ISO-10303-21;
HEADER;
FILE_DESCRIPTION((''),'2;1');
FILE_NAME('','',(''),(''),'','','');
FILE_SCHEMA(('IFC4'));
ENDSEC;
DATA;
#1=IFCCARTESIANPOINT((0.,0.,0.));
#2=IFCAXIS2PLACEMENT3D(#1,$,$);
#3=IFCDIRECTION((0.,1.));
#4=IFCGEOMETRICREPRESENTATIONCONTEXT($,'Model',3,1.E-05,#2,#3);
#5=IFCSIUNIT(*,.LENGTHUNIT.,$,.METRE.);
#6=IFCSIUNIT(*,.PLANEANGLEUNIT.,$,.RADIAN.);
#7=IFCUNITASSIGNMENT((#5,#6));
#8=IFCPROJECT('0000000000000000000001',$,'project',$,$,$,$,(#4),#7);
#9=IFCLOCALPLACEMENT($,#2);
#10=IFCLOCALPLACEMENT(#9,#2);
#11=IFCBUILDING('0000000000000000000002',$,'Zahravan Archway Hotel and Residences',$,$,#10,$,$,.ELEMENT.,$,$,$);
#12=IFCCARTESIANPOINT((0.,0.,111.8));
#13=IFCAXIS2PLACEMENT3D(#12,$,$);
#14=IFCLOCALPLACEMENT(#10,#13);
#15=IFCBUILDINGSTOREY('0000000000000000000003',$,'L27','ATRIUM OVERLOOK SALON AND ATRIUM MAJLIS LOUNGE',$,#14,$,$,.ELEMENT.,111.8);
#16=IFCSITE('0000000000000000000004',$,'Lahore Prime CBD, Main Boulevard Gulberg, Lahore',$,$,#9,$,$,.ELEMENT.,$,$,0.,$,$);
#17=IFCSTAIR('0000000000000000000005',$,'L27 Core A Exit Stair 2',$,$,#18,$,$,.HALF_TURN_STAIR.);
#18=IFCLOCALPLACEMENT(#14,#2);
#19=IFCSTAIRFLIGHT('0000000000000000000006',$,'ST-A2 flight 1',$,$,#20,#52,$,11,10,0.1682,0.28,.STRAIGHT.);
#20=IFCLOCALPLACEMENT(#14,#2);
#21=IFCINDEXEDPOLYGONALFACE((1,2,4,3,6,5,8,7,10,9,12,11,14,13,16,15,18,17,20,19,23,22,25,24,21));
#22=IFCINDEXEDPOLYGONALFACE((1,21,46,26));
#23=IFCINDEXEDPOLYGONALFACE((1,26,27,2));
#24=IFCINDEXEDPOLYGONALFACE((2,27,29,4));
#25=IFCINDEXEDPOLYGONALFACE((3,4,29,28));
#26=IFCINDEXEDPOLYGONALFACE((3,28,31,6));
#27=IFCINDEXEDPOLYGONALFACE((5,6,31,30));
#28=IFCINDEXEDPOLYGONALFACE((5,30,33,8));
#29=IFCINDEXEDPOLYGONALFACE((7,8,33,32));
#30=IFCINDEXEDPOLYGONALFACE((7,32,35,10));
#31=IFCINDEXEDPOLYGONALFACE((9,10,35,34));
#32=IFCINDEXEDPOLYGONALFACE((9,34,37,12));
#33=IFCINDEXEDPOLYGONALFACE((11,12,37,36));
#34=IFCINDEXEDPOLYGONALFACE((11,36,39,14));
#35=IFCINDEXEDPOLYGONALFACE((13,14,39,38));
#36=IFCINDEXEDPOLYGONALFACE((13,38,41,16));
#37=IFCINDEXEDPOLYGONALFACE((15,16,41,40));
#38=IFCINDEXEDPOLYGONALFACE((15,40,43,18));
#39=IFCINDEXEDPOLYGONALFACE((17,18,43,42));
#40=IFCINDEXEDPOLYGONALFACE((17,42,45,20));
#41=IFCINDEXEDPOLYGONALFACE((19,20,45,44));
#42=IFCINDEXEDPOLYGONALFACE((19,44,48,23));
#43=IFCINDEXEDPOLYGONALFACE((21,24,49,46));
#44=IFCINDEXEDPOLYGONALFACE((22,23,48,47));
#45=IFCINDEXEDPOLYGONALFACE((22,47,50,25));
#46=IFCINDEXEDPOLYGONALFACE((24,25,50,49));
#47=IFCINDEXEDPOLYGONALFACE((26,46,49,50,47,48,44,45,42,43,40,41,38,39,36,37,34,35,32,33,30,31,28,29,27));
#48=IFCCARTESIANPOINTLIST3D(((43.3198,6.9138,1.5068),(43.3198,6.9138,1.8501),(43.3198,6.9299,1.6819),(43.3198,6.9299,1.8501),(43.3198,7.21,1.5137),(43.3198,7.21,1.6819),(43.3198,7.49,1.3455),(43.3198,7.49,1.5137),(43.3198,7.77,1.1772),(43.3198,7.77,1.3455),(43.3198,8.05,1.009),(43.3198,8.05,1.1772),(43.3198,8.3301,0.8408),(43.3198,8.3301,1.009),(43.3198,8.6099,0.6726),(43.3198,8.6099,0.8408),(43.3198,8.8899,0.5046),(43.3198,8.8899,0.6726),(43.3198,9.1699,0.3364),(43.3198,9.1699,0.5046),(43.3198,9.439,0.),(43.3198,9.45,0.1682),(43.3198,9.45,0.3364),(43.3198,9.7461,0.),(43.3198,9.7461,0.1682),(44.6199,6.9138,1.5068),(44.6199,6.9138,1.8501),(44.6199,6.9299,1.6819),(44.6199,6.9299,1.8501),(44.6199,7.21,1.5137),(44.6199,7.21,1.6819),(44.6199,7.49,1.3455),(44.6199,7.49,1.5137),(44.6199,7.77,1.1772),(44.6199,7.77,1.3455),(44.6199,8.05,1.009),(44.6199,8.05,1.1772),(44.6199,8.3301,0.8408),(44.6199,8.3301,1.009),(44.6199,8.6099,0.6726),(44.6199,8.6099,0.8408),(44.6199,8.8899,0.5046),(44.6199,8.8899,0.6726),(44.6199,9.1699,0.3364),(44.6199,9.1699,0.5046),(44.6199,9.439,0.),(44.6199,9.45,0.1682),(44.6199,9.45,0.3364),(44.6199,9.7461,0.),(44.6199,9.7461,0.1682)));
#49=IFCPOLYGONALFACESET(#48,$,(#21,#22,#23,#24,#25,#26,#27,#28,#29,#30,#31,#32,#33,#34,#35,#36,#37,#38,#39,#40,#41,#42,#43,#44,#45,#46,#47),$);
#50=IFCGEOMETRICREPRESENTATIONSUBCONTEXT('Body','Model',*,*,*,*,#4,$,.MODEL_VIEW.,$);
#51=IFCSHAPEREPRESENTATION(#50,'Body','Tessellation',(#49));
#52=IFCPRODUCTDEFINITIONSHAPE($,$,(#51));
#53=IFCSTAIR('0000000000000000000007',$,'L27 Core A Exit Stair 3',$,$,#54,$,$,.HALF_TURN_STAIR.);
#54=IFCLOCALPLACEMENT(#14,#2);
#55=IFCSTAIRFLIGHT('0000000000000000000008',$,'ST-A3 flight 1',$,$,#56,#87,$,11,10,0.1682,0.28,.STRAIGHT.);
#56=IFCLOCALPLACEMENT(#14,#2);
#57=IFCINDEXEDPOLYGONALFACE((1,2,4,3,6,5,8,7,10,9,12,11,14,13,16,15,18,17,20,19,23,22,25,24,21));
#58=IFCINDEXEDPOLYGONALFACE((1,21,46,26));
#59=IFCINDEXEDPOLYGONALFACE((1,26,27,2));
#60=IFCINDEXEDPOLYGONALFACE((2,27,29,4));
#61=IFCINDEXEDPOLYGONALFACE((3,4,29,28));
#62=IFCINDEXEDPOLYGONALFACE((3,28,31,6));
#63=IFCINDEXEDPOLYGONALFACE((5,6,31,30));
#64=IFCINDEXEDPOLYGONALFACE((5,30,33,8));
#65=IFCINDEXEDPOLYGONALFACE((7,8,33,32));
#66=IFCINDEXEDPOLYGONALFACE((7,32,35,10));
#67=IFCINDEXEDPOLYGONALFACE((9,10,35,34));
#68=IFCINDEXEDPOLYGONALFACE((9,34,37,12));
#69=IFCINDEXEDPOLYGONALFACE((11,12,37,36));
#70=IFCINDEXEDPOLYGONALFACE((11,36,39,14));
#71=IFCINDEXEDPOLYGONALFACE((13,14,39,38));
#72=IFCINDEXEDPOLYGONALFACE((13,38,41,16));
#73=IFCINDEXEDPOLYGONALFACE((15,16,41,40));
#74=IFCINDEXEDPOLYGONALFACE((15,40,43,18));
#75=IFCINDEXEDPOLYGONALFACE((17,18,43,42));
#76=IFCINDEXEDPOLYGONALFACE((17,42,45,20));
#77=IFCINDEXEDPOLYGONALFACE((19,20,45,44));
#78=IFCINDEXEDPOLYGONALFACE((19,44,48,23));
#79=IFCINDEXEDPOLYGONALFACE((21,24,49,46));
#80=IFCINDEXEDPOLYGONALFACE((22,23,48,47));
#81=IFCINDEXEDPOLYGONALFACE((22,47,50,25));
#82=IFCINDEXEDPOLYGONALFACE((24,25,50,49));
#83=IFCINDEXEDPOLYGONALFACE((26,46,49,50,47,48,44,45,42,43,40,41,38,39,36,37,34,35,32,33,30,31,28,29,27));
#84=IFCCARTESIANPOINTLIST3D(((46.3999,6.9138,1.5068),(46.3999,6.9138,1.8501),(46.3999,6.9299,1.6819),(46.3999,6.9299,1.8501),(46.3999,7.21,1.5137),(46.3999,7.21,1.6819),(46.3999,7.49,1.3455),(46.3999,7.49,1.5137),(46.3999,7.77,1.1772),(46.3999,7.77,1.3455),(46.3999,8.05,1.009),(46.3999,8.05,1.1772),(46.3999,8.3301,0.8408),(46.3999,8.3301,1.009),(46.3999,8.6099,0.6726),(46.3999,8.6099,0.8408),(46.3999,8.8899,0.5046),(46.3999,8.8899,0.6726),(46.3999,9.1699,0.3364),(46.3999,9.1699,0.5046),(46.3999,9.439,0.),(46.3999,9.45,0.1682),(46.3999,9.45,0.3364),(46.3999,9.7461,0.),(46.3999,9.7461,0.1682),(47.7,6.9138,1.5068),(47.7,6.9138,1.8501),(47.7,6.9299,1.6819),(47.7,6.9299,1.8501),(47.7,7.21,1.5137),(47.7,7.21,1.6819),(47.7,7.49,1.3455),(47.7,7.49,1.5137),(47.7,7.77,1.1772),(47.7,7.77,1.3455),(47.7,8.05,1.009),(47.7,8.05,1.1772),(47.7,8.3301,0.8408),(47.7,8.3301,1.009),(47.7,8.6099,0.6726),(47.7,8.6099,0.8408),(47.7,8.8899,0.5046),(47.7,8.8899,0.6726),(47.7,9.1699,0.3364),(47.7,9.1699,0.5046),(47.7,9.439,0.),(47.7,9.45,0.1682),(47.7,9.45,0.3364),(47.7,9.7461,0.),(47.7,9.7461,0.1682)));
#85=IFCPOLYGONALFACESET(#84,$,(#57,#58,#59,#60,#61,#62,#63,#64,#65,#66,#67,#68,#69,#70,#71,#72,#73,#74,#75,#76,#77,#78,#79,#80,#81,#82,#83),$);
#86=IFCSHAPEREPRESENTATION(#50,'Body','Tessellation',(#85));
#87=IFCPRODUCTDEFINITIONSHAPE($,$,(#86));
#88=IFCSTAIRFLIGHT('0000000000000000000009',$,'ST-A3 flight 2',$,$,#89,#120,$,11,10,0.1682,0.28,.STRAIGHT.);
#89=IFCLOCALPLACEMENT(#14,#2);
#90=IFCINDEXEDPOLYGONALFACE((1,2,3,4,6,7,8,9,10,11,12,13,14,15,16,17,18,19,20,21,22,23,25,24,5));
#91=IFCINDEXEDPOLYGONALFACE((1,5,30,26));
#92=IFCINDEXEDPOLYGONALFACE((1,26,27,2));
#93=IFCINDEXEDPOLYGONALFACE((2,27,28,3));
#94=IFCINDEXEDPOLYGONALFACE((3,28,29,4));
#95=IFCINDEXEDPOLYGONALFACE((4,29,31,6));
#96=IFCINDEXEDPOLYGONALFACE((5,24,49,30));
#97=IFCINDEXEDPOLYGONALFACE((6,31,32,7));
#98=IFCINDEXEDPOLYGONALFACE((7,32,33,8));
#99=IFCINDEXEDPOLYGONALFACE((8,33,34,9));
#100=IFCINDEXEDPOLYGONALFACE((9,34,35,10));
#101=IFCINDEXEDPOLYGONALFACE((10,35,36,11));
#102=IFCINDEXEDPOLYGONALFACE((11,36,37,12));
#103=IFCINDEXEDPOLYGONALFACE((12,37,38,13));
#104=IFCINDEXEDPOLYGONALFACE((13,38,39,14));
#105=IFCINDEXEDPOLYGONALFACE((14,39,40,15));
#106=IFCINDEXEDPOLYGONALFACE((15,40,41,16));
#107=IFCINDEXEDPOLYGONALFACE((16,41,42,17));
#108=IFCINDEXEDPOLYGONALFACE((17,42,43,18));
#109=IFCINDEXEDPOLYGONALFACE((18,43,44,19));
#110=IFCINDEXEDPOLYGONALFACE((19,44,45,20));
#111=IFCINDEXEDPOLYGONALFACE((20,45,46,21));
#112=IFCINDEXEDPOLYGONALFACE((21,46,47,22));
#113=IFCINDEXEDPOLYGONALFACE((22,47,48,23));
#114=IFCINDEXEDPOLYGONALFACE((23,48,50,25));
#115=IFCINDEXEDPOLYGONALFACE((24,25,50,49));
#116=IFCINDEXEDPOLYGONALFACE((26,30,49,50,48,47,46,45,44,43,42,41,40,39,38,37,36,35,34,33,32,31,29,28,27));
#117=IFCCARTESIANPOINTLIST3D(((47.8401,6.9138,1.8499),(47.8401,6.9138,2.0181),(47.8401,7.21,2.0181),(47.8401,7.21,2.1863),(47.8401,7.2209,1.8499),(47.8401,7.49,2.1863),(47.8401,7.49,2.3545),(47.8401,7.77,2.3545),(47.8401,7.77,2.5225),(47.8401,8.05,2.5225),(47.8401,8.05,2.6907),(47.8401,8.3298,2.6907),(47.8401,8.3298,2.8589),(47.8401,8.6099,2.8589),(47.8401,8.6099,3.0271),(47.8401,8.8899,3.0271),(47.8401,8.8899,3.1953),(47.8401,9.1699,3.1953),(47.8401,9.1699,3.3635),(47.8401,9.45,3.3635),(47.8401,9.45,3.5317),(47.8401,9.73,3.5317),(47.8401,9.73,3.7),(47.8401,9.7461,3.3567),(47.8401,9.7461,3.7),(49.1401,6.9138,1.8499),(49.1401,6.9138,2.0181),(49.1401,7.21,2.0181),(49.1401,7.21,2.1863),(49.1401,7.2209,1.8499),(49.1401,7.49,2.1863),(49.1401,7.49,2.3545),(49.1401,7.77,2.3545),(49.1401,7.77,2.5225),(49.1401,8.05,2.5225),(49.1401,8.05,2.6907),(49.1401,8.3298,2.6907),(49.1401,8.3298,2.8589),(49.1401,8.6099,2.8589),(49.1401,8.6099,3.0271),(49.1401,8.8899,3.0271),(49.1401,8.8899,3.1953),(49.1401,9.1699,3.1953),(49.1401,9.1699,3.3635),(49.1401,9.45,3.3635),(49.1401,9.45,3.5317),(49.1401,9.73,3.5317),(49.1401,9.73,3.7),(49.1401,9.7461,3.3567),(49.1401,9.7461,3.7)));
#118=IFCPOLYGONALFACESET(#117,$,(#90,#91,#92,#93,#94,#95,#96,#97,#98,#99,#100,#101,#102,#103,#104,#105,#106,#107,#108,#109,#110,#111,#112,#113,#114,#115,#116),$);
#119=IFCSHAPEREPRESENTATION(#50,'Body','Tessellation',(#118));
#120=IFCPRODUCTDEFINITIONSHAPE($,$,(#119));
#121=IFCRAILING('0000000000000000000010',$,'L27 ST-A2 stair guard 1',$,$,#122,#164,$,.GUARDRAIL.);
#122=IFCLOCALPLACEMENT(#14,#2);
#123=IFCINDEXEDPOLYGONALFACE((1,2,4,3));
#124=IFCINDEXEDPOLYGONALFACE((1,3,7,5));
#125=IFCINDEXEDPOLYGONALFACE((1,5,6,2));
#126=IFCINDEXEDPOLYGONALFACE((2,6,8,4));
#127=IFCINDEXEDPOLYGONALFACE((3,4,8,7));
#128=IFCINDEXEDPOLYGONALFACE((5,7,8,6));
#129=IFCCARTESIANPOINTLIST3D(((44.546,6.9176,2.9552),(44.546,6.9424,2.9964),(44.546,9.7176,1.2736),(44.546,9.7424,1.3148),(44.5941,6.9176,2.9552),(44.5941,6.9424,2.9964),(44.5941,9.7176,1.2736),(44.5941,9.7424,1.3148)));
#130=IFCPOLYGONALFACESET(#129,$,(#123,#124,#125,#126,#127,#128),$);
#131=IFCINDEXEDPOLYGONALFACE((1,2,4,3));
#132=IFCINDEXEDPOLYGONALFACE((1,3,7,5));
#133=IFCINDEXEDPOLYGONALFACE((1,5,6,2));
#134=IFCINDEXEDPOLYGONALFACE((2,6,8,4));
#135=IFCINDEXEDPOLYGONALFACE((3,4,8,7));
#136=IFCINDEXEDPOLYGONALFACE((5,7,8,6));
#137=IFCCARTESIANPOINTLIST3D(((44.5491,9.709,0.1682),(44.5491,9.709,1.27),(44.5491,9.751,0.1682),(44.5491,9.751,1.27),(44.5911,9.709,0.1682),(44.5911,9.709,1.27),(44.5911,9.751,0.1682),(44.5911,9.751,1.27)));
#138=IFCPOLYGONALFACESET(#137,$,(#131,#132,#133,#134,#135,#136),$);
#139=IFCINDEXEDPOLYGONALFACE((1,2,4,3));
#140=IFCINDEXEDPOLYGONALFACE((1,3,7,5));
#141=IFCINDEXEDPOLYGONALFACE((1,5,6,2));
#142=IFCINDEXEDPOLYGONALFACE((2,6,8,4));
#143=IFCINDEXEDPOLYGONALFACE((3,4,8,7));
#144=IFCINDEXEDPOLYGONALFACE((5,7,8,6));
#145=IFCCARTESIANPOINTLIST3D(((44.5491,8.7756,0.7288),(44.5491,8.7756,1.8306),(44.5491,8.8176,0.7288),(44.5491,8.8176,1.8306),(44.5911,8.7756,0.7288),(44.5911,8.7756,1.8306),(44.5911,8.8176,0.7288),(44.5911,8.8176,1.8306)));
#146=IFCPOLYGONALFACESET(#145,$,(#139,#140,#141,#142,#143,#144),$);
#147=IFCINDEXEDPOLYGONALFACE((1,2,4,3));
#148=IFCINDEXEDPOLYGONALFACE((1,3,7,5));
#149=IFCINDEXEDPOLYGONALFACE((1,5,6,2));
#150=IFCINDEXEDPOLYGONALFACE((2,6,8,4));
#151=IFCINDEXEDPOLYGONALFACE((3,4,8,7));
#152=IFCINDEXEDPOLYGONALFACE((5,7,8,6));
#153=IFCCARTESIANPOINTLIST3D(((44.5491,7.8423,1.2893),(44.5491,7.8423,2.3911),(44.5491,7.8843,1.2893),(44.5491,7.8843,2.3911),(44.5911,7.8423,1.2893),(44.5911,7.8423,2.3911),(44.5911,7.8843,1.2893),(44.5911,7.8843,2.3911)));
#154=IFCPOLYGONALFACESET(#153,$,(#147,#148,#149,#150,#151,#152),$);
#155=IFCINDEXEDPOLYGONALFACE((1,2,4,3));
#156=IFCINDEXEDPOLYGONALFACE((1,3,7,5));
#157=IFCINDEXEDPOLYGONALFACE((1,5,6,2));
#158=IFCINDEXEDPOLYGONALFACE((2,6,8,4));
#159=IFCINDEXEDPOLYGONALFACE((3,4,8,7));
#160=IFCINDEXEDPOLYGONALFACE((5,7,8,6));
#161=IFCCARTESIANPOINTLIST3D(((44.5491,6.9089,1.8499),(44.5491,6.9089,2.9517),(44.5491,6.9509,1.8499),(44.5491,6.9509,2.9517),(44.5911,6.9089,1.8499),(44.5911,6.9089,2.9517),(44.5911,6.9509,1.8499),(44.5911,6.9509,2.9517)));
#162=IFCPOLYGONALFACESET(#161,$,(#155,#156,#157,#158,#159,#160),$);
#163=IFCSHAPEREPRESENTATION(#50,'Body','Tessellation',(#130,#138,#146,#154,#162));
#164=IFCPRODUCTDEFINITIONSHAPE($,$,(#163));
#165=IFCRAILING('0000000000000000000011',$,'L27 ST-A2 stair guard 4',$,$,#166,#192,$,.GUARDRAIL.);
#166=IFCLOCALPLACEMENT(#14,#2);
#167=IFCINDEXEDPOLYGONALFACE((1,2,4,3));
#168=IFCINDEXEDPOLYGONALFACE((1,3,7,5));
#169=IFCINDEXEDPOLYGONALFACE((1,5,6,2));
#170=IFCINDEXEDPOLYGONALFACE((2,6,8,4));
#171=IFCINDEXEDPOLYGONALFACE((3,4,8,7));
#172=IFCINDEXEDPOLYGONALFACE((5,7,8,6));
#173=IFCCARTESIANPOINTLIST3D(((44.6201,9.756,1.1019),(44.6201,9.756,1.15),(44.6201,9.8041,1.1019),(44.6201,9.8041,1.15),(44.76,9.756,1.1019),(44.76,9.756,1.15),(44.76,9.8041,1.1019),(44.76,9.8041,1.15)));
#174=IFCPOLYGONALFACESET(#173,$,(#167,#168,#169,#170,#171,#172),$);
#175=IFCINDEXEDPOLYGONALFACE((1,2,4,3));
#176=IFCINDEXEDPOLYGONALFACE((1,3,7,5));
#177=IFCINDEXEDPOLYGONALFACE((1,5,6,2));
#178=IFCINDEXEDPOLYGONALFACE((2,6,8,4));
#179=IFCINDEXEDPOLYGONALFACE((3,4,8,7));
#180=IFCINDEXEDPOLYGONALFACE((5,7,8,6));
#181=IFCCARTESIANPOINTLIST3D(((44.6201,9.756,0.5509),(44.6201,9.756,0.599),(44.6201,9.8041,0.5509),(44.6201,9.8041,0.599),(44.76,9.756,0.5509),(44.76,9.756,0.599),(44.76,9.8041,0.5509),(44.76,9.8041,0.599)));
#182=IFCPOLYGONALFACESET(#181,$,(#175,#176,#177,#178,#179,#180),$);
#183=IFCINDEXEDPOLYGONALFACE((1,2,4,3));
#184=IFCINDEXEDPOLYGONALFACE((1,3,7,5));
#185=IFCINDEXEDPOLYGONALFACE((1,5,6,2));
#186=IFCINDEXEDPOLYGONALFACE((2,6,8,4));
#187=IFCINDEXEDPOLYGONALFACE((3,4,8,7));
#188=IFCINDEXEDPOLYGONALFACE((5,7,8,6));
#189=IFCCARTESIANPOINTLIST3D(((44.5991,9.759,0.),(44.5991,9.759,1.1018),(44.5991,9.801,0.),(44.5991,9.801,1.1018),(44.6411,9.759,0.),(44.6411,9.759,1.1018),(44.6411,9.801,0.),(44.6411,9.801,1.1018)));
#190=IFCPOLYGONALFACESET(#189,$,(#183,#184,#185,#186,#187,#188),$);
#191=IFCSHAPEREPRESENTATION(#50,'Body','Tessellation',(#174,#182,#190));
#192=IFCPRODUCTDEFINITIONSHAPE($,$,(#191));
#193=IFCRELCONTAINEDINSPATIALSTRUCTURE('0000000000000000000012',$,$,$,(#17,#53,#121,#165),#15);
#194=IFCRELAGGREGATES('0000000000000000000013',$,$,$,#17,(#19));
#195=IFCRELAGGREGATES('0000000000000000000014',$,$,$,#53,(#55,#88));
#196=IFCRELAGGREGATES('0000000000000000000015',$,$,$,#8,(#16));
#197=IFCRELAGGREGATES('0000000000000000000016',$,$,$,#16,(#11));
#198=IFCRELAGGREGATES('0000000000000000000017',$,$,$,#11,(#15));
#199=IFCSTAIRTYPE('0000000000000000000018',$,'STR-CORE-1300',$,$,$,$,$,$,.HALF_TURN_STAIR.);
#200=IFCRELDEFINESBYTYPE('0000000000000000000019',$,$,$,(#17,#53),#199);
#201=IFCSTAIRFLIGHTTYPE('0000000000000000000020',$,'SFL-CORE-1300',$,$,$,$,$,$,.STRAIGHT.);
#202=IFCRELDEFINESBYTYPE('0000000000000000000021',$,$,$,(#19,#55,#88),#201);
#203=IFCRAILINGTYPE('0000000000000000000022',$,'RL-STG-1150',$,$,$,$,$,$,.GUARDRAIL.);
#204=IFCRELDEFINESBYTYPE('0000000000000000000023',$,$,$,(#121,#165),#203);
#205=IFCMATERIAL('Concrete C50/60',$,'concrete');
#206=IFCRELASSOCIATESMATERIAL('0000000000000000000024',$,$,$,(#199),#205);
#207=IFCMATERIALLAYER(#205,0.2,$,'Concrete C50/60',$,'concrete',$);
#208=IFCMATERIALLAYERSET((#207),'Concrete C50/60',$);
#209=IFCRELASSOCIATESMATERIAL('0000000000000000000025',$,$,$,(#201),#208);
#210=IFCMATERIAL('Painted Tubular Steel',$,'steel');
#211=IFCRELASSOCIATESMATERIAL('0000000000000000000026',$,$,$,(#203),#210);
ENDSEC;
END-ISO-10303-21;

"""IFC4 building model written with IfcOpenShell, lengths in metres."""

from ifc_helpers import new_model, si_unit, direction, frame, origin, origin_2d, place, context, subcontext, project, spatial, polyline, rectangle, outline, extrude, source, transform, mapped, material, layer, layer_set, type_object, element, aggregate, save


model = new_model("IFC4")

# Units and contexts
model_context = context("Model", 3, precision=1e-05, world=origin(), true_north=direction((0.0, 1.0)))
body_context = subcontext(model_context, "Body", "Model", "MODEL_VIEW")
ifc_project = project(units=[si_unit("LENGTHUNIT", "METRE"), si_unit("PLANEANGLEUNIT", "RADIAN")], contexts=[model_context])

# Site, building, storey
site_placement = place(None, origin())
site = spatial("IfcSite", under=ifc_project, at=site_placement, Name="Lahore Prime CBD, Main Boulevard Gulberg, Lahore", CompositionType="ELEMENT", RefElevation=0.0)
building_placement = place(site_placement, origin())
building = spatial("IfcBuilding", under=site, at=building_placement, Name="Zahravan Archway Hotel and Residences", CompositionType="ELEMENT")
storey_placement = place(building_placement, frame((0.0, 0.0, 111.8)))
storey = spatial("IfcBuildingStorey", under=building, at=storey_placement, Name="L27", Description="ATRIUM OVERLOOK SALON AND ATRIUM MAJLIS LOUNGE", CompositionType="ELEMENT", Elevation=111.8)

# Stair, stair flight
ifc_material_1 = material(Name="Concrete C50/60", Category="concrete")
stair_type = type_object("IfcStairType", Name="STR-CORE-1300", PredefinedType="HALF_TURN_STAIR", material=ifc_material_1)
stair_1_placement = place(storey_placement, origin())
stair_1 = element("IfcStair", 1, at=stair_1_placement, inside=storey, type_object=stair_type, Name="L27 Core A Exit Stair 2", PredefinedType="HALF_TURN_STAIR")
ifc_layer_1 = layer(ifc_material_1, 0.2, Name="Concrete C50/60", Category="concrete")
ifc_layer_set_1 = layer_set([ifc_layer_1], Name="Concrete C50/60")
stair_flight_type = type_object("IfcStairFlightType", Name="SFL-CORE-1300", PredefinedType="STRAIGHT", material=ifc_layer_set_1)
shared_shape_1 = source(origin(), body_context, "Body", "SweptSolid", [
    extrude(outline(polyline([(-0.0161, 0.0), (-0.0161, 0.1682), (0.28, 0.1682), (0.28, 0.3364), (0.5601, 0.3364), (0.5601, 0.5046), (0.8401, 0.5046), (0.8401, 0.6726), (1.1201, 0.6726), (1.1201, 0.8408), (1.3999, 0.8408), (1.3999, 1.009), (1.6799, 1.009), (1.6799, 1.1772), (1.96, 1.1772), (1.96, 1.3455), (2.24, 1.3455), (2.24, 1.5137), (2.52, 1.5137), (2.52, 1.6819), (2.8, 1.6819), (2.8, 1.8501), (2.8162, 1.8501), (2.8162, 1.5068), (0.291, 0.0), (-0.0161, 0.0)])), frame((0.0, 0.6499, 0.0), z_axis=(0.0, -1.0, 0.0), x_axis=(1.0, 0.0, 0.0)), (0.0, 0.0, 1.0), 1.3),
])
stair_flight_1_placement = place(storey_placement, frame((43.97, 9.73, 0.0), z_axis=(0.0, 0.0, 1.0), x_axis=(0.0, -1.0, 0.0)))
stair_flight_1 = element("IfcStairFlight", 2, at=stair_flight_1_placement, type_object=stair_flight_type, Name="ST-A2 flight 1", NumberOfRisers=11, NumberOfTreads=10, PredefinedType="STRAIGHT", RiserHeight=0.1682, TreadLength=0.28, context=body_context, shape_type="MappedRepresentation", body=[
    mapped(shared_shape_1, transform((0.0, 0.0, 0.0), scale=1.0)),
])
aggregate(stair_1, [stair_flight_1])

# Stair, stair flights
stair_2_placement = place(storey_placement, origin())
stair_2 = element("IfcStair", 3, at=stair_2_placement, inside=storey, type_object=stair_type, Name="L27 Core A Exit Stair 3", PredefinedType="HALF_TURN_STAIR")
stair_flight_2_placement = place(storey_placement, frame((47.05, 9.73, 0.0), z_axis=(0.0, 0.0, 1.0), x_axis=(0.0, -1.0, 0.0)))
stair_flight_2 = element("IfcStairFlight", 4, at=stair_flight_2_placement, type_object=stair_flight_type, Name="ST-A3 flight 1", NumberOfRisers=11, NumberOfTreads=10, PredefinedType="STRAIGHT", RiserHeight=0.1682, TreadLength=0.28, context=body_context, shape_type="MappedRepresentation", body=[
    mapped(shared_shape_1, transform((0.0, 0.0, 0.0), scale=1.0)),
])
stair_flight_3_placement = place(storey_placement, frame((48.49, 6.9299, 1.8499), z_axis=(0.0, 0.0, 1.0), x_axis=(0.0, 1.0, 0.0)))
stair_flight_3 = element("IfcStairFlight", 5, at=stair_flight_3_placement, type_object=stair_flight_type, Name="ST-A3 flight 2", NumberOfRisers=11, NumberOfTreads=10, PredefinedType="STRAIGHT", RiserHeight=0.1682, TreadLength=0.28, context=body_context, shape_type="MappedRepresentation", body=[
    mapped(shared_shape_1, transform((0.0, 0.0, 0.0), scale=1.0)),
])
aggregate(stair_2, [stair_flight_2, stair_flight_3])

# Railings
ifc_material_2 = material(Name="Painted Tubular Steel", Category="steel")
railing_type_1 = type_object("IfcRailingType", Name="RL-STG-1150", PredefinedType="GUARDRAIL", material=ifc_material_2)
railing_1_placement = place(storey_placement, frame((44.5701, 9.73, 0.1682)))
element("IfcRailing", 6, at=railing_1_placement, inside=storey, type_object=railing_type_1, Name="L27 ST-A2 stair guard 1", PredefinedType="GUARDRAIL", context=body_context, shape_type="SweptSolid", body=[
    extrude(rectangle(XDim=0.0481, YDim=0.0481, at=origin_2d()), frame((0.0, 0.0, 1.126), z_axis=(0.0, -0.857275, 0.514858), x_axis=(1.0, 0.0, 0.0)), (0.0, 0.0, 1.0), 3.2661),
    extrude(rectangle(XDim=0.042, YDim=0.042, at=origin_2d()), origin(), (0.0, 0.0, 1.0), 1.1018),
    extrude(rectangle(XDim=0.042, YDim=0.042, at=origin_2d()), frame((0.0, -0.9333, 0.5605)), (0.0, 0.0, 1.0), 1.1018),
    extrude(rectangle(XDim=0.042, YDim=0.042, at=origin_2d()), frame((0.0, -1.8667, 1.1211)), (0.0, 0.0, 1.0), 1.1018),
    extrude(rectangle(XDim=0.042, YDim=0.042, at=origin_2d()), frame((0.0, -2.8, 1.6816)), (0.0, 0.0, 1.0), 1.1018),
])
railing_2_placement = place(storey_placement, frame((44.6201, 9.78, 0.0)))
element("IfcRailing", 7, at=railing_2_placement, inside=storey, type_object=railing_type_1, Name="L27 ST-A2 stair guard 4", PredefinedType="GUARDRAIL", context=body_context, shape_type="SweptSolid", body=[
    extrude(rectangle(XDim=0.0481, YDim=0.0481, at=origin_2d()), frame((0.0, 0.0, 1.126), z_axis=(1.0, 0.0, 0.0), x_axis=(0.0, 1.0, 0.0)), (0.0, 0.0, 1.0), 0.1399),
    extrude(rectangle(XDim=0.0481, YDim=0.0481, at=origin_2d()), frame((0.0, 0.0, 0.575), z_axis=(1.0, 0.0, 0.0), x_axis=(0.0, 1.0, 0.0)), (0.0, 0.0, 1.0), 0.1399),
    extrude(rectangle(XDim=0.042, YDim=0.042, at=origin_2d()), origin(), (0.0, 0.0, 1.0), 1.1018),
])

save(model, "model.ifc")
